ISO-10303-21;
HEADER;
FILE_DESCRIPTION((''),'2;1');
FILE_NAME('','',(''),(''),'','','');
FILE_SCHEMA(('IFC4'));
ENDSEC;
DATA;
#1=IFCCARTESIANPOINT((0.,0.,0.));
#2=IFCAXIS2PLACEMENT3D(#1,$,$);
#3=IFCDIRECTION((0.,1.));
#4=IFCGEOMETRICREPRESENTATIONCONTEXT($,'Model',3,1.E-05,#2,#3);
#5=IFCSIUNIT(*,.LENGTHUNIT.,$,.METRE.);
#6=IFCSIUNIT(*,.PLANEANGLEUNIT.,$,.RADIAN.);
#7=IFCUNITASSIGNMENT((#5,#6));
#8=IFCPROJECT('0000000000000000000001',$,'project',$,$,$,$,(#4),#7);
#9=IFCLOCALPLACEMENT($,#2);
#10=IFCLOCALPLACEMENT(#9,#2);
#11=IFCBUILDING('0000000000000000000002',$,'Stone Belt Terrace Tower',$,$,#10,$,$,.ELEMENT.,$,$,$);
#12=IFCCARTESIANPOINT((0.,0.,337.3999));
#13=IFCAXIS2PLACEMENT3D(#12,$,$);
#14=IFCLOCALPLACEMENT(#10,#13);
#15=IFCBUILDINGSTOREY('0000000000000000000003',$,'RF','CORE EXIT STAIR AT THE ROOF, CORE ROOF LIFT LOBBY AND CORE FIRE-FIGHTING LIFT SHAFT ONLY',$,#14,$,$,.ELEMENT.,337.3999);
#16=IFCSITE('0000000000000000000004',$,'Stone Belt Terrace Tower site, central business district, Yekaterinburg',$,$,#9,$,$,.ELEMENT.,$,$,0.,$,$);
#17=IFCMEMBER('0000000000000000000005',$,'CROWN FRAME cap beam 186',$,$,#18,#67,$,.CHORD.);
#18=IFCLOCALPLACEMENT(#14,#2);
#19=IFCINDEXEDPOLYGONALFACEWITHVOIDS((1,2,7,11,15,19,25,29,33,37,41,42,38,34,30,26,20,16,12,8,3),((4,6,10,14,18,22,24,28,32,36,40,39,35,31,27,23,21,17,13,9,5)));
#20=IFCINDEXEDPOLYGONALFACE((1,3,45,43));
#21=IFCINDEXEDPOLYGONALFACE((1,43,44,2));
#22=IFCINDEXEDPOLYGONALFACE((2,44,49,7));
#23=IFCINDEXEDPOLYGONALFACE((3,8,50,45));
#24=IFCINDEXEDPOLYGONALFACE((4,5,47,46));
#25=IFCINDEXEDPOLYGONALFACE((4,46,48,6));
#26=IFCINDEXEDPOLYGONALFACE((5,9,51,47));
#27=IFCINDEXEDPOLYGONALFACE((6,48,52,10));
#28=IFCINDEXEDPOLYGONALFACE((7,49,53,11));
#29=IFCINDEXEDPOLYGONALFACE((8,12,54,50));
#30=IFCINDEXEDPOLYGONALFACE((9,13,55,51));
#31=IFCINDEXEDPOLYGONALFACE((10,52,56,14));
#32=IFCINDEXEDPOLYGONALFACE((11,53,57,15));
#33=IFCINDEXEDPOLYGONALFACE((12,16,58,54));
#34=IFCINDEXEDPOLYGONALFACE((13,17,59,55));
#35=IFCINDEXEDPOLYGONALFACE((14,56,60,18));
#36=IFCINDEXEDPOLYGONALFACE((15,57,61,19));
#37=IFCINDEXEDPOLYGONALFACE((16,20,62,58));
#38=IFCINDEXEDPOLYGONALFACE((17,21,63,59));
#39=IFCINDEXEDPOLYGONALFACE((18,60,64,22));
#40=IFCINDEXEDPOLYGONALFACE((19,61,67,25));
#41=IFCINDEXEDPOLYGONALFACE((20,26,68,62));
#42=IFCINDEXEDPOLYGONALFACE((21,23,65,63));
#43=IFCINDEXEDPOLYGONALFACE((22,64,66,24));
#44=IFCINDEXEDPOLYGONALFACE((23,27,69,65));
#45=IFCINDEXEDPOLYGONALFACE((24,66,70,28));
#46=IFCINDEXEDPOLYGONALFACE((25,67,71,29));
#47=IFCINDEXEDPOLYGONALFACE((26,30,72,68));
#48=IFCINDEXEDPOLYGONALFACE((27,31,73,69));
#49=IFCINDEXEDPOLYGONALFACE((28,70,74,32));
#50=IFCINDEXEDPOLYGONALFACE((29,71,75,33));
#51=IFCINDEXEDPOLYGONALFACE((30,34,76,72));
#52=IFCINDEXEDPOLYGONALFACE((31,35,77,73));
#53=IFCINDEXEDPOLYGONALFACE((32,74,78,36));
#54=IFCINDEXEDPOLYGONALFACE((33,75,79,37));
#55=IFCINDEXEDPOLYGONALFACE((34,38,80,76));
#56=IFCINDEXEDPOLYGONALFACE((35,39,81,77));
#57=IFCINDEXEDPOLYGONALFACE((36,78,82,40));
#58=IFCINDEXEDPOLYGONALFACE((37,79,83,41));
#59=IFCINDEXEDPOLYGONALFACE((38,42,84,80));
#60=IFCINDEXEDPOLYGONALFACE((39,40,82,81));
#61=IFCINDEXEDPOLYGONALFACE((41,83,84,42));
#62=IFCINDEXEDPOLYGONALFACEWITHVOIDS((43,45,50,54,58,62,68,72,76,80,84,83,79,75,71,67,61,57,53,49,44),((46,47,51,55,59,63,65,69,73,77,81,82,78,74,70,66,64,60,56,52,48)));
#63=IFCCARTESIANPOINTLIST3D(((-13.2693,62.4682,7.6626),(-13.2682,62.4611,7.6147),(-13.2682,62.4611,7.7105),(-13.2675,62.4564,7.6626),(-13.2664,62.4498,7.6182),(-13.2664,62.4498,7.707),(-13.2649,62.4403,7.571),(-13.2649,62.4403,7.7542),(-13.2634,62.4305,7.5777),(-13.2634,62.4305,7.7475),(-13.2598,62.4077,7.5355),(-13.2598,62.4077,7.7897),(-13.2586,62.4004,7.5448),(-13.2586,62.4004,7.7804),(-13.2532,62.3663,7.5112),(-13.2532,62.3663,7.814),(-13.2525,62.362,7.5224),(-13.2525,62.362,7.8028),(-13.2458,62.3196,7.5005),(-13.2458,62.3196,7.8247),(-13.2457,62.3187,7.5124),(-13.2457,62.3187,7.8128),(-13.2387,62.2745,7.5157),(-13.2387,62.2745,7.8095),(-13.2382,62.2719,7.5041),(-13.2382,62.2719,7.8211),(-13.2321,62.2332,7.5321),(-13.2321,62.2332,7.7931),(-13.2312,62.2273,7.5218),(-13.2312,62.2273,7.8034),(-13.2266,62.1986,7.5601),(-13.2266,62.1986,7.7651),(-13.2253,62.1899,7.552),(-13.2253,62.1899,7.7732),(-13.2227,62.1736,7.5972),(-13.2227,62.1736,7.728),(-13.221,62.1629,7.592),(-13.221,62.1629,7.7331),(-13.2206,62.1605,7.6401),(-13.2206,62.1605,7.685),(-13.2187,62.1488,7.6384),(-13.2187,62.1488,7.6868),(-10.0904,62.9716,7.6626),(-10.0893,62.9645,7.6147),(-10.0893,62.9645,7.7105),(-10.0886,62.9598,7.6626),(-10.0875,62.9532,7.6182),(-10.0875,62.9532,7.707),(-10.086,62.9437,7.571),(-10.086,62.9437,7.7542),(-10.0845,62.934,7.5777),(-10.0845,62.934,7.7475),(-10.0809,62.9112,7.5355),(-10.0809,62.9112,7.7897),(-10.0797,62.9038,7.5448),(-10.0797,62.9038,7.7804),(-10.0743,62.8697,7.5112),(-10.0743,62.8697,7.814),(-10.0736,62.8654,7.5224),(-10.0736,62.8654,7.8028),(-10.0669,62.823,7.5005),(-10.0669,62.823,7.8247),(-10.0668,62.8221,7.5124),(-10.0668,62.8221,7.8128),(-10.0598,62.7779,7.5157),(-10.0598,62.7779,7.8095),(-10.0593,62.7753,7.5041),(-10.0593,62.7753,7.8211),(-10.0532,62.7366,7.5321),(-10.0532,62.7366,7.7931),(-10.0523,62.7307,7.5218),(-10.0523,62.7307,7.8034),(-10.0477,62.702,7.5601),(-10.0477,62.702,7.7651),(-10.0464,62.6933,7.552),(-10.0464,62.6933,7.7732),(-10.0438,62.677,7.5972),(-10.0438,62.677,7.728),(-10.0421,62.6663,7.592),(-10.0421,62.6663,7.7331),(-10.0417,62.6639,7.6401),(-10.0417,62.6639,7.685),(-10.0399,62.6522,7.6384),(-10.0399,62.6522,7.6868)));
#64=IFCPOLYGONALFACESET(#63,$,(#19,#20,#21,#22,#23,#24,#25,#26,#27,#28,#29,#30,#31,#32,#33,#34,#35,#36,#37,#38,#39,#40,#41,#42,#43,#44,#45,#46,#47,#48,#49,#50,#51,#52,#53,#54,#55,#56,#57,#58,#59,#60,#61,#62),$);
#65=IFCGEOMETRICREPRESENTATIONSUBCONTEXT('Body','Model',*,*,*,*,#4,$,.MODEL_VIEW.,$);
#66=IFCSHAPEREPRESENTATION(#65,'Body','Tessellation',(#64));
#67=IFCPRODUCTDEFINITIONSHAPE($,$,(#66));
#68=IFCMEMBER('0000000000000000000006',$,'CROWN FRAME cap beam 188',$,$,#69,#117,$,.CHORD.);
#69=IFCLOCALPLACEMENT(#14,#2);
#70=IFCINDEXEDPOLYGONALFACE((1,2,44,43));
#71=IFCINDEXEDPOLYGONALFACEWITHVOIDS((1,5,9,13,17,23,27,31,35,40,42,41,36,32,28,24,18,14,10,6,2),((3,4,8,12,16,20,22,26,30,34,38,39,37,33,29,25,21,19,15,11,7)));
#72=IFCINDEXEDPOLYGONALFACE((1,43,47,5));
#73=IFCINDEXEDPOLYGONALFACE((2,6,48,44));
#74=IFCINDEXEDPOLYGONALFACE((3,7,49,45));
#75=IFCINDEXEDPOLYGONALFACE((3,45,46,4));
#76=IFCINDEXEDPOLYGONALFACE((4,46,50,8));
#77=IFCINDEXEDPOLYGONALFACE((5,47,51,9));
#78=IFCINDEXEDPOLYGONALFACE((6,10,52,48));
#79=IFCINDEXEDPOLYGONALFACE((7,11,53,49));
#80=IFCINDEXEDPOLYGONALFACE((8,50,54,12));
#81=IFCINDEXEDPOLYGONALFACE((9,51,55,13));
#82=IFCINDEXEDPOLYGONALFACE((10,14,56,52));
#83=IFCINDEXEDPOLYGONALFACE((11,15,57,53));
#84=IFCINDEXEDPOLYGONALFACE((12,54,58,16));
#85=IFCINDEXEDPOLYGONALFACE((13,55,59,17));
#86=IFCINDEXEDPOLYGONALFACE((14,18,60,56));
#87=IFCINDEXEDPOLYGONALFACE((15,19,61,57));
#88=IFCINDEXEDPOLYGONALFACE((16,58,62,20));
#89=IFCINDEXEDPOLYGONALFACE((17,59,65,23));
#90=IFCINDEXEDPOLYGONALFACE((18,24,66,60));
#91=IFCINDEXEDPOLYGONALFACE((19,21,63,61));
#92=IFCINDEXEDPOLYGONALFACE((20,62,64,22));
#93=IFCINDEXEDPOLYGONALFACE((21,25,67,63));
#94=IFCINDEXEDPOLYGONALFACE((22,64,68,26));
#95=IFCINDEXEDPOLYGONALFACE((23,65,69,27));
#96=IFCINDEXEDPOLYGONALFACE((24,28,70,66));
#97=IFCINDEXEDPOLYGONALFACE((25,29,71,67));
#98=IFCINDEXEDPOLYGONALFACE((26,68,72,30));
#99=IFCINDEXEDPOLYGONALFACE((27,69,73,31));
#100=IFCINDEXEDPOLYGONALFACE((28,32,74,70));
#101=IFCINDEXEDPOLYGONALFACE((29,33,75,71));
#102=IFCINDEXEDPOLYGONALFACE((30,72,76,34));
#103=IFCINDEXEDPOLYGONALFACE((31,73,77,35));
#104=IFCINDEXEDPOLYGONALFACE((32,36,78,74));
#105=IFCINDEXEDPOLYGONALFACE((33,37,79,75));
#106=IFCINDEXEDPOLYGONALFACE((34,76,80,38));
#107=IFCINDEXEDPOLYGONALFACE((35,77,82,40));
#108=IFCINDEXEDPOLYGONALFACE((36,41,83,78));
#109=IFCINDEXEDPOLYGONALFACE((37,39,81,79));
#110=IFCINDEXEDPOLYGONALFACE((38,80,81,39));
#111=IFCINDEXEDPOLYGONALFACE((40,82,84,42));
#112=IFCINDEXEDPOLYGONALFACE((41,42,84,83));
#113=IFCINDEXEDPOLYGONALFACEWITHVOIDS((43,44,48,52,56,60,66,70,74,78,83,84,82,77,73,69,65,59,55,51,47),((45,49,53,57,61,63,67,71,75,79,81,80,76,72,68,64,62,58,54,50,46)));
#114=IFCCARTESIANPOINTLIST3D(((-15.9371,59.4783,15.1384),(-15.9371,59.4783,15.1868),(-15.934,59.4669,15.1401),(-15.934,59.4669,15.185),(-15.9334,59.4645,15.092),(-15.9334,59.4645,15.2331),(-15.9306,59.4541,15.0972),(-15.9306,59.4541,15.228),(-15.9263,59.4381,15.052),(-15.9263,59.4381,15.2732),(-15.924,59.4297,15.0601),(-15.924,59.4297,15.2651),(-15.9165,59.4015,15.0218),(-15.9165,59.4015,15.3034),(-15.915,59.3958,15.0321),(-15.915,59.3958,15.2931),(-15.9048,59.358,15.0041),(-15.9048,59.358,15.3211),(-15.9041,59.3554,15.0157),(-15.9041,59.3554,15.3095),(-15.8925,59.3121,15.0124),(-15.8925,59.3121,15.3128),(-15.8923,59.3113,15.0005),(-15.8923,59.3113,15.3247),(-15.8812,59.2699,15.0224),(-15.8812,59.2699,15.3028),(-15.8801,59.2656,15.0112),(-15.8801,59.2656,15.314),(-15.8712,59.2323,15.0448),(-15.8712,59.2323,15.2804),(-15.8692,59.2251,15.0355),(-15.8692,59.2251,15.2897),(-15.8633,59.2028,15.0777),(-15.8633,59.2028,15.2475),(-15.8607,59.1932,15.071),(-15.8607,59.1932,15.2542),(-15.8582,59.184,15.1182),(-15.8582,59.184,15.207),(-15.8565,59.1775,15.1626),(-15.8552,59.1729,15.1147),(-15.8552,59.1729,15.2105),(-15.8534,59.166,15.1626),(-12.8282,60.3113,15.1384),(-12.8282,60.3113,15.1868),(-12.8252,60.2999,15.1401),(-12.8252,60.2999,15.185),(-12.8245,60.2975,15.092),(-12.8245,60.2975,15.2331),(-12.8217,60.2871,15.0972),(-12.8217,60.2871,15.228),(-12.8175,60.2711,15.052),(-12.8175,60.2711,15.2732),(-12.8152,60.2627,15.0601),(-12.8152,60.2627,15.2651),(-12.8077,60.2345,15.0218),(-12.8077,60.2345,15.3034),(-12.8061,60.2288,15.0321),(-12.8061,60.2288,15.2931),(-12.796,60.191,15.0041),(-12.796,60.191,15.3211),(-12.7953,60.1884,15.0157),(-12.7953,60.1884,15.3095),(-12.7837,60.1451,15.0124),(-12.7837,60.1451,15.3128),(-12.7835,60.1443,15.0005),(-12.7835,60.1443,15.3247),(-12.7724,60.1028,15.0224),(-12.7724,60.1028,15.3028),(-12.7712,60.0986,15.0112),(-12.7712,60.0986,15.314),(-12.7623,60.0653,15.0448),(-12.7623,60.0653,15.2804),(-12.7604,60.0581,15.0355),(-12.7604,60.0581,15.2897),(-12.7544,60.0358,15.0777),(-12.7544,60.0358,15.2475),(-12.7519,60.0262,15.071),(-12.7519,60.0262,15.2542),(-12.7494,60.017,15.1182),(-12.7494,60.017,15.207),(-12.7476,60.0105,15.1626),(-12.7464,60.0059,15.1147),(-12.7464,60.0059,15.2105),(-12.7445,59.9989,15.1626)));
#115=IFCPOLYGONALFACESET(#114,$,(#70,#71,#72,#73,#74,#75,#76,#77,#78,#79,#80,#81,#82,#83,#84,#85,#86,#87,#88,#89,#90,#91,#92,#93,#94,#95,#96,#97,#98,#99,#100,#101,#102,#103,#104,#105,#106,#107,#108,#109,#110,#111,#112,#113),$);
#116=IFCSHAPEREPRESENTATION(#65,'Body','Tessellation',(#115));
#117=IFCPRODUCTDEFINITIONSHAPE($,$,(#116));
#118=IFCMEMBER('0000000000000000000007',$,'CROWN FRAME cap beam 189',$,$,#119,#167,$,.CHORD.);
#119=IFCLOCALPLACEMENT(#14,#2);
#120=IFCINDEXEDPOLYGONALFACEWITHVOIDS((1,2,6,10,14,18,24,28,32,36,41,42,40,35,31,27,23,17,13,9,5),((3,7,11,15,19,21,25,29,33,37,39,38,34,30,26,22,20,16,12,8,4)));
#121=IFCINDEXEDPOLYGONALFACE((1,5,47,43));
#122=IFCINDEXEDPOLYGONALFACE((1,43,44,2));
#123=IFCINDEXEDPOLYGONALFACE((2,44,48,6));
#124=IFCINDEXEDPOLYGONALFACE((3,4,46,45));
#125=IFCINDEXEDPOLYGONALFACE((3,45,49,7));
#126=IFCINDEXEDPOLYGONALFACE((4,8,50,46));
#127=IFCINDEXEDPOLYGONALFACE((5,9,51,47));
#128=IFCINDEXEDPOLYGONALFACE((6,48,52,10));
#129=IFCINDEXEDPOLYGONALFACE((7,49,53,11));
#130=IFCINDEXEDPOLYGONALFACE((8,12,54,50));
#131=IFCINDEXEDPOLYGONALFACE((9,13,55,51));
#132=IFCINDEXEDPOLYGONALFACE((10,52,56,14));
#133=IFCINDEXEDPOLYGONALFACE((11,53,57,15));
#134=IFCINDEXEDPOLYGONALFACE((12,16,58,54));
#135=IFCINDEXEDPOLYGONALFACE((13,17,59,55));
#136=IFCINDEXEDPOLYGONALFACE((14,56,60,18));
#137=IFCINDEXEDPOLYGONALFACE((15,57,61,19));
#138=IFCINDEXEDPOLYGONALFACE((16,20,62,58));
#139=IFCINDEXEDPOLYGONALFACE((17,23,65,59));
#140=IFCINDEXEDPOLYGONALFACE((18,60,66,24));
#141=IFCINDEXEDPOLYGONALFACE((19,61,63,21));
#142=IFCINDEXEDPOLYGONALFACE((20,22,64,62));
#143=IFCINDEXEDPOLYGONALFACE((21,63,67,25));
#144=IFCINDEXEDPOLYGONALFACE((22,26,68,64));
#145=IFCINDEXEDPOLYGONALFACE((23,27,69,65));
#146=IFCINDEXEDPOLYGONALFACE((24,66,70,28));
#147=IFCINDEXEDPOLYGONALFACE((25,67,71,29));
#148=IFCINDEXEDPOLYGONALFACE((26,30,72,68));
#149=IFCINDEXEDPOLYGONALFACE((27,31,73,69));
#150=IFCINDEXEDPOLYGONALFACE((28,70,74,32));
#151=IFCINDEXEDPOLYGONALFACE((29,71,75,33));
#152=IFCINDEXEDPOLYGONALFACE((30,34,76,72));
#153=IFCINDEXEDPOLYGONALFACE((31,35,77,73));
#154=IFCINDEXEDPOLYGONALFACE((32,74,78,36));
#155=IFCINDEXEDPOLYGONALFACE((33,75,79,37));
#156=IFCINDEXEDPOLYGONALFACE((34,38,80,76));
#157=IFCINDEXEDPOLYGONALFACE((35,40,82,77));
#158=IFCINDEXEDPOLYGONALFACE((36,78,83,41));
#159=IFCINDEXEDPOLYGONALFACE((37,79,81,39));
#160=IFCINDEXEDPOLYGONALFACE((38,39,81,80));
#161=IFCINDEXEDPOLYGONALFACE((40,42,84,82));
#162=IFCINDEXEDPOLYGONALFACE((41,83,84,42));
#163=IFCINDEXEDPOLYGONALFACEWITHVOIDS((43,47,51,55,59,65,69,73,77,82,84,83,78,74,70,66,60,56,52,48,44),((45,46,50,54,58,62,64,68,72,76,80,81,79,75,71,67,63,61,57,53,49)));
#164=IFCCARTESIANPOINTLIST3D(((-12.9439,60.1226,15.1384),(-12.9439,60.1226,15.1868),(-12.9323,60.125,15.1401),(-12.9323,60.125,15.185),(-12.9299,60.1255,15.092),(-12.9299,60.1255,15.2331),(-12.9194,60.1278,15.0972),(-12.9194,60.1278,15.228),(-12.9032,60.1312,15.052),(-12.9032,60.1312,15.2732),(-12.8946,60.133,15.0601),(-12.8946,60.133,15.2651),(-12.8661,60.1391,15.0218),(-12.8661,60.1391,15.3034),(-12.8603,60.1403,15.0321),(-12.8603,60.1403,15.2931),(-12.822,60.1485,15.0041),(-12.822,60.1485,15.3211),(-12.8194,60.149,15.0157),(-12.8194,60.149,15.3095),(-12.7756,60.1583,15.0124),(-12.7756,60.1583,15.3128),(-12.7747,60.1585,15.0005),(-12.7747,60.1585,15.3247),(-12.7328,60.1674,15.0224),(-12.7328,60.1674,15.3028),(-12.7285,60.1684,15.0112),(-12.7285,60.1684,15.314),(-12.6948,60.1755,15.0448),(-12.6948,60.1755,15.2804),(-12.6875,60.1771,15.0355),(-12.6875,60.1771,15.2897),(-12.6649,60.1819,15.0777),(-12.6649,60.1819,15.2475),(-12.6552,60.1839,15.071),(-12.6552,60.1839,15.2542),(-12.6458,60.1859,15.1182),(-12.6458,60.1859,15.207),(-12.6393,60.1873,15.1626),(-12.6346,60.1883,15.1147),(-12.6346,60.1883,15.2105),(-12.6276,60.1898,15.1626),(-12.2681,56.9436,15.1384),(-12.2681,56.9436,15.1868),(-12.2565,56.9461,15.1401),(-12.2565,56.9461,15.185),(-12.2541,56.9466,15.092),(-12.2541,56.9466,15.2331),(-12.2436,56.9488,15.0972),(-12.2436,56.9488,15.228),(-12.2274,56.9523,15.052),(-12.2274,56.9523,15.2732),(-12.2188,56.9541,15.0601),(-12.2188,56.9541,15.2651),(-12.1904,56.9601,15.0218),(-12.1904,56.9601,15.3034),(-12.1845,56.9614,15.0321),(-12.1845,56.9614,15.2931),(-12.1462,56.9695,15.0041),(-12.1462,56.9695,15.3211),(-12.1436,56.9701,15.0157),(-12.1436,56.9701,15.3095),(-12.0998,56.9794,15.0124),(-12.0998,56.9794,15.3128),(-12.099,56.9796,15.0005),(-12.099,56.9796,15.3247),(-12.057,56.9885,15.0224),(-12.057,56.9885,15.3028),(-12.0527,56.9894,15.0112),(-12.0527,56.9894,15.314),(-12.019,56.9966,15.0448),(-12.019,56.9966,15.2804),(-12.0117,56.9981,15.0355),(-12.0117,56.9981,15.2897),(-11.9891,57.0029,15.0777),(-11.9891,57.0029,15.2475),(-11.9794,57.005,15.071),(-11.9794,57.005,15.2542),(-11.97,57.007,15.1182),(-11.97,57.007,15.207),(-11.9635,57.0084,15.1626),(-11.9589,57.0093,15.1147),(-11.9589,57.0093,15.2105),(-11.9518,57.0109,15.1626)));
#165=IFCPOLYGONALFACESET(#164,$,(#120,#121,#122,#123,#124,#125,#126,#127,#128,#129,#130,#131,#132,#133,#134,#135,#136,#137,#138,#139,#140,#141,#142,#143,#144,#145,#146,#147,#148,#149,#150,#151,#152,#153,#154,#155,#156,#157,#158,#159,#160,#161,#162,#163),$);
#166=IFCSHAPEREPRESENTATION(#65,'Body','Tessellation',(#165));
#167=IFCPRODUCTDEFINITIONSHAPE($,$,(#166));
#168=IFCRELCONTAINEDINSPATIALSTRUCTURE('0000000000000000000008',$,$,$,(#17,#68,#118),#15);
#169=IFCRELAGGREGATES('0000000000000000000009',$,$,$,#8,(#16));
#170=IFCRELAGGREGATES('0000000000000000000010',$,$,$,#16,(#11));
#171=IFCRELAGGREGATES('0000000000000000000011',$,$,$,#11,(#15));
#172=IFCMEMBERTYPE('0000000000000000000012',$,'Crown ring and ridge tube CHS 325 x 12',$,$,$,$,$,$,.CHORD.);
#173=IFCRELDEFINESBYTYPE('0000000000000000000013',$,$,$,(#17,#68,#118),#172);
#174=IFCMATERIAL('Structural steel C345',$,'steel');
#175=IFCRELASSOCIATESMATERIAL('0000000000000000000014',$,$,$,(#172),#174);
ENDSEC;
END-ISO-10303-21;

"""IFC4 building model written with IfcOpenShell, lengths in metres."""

from ifc_helpers import new_model, si_unit, direction, frame, origin, origin_2d, place, context, subcontext, project, spatial, hollow_circle, extrude, material, material_profile, profile_set, type_object, element, save


model = new_model("IFC4")

# Units and contexts
model_context = context("Model", 3, precision=1e-05, world=origin(), true_north=direction((0.0, 1.0)))
body_context = subcontext(model_context, "Body", "Model", "MODEL_VIEW")
ifc_project = project(units=[si_unit("LENGTHUNIT", "METRE"), si_unit("PLANEANGLEUNIT", "RADIAN")], contexts=[model_context])

# Site, building, storey
site_placement = place(None, origin())
site = spatial("IfcSite", under=ifc_project, at=site_placement, Name="Stone Belt Terrace Tower site, central business district, Yekaterinburg", CompositionType="ELEMENT", RefElevation=0.0)
building_placement = place(site_placement, origin())
building = spatial("IfcBuilding", under=site, at=building_placement, Name="Stone Belt Terrace Tower", CompositionType="ELEMENT")
storey_placement = place(building_placement, frame((0.0, 0.0, 337.3999)))
storey = spatial("IfcBuildingStorey", under=building, at=storey_placement, Name="RF", Description="CORE EXIT STAIR AT THE ROOF, CORE ROOF LIFT LOBBY AND CORE FIRE-FIGHTING LIFT SHAFT ONLY", CompositionType="ELEMENT", Elevation=337.3999)

# Members
ifc_material_1 = material(Name="Structural steel C345", Category="steel")
ifc_material_profile_1 = material_profile(ifc_material_1, hollow_circle(Radius=0.1626, WallThickness=0.012, at=origin_2d()), Name="Structural steel C345 CHS 325x12")
ifc_profile_set_1 = profile_set([ifc_material_profile_1], Name="Structural steel C345")
member_type_1 = type_object("IfcMemberType", Name="Crown ring and ridge tube CHS 325 x 12", PredefinedType="CHORD", material=ifc_profile_set_1)
for number, where, z_axis, x_axis, name in (
    (1, (-13.2439, 62.3076, 7.6626), (0.987692, 0.156411, 0.0), (-0.156411, 0.987692, 0.0), "CROWN FRAME cap beam 186"),
    (2, (-12.7866, 60.156, 15.1626), (-0.965927, -0.258814, 0.0), (0.258814, -0.965927, 0.0), "CROWN FRAME cap beam 188"),
):
    element("IfcMember", number, at=place(storey_placement, frame(where, z_axis=z_axis, x_axis=x_axis)), inside=storey, type_object=member_type_1, Name=name, PredefinedType="CHORD", context=body_context, shape_type="SweptSolid", body=[
        extrude(hollow_circle(Radius=0.1626, WallThickness=0.012, at=origin_2d()), origin(), (0.0, 0.0, 1.0), 3.2185),
    ])
member_1_placement = place(storey_placement, frame((-12.7866, 60.156, 15.1626), z_axis=(0.207933, -0.978143, 0.0), x_axis=(0.978143, 0.207933, 0.0)))
element("IfcMember", 3, at=member_1_placement, inside=storey, type_object=member_type_1, Name="CROWN FRAME cap beam 189", PredefinedType="CHORD", context=body_context, shape_type="SweptSolid", body=[
    extrude(hollow_circle(Radius=0.1626, WallThickness=0.012, at=origin_2d()), origin(), (0.0, 0.0, 1.0), 3.25),
])

save(model, "model.ifc")
